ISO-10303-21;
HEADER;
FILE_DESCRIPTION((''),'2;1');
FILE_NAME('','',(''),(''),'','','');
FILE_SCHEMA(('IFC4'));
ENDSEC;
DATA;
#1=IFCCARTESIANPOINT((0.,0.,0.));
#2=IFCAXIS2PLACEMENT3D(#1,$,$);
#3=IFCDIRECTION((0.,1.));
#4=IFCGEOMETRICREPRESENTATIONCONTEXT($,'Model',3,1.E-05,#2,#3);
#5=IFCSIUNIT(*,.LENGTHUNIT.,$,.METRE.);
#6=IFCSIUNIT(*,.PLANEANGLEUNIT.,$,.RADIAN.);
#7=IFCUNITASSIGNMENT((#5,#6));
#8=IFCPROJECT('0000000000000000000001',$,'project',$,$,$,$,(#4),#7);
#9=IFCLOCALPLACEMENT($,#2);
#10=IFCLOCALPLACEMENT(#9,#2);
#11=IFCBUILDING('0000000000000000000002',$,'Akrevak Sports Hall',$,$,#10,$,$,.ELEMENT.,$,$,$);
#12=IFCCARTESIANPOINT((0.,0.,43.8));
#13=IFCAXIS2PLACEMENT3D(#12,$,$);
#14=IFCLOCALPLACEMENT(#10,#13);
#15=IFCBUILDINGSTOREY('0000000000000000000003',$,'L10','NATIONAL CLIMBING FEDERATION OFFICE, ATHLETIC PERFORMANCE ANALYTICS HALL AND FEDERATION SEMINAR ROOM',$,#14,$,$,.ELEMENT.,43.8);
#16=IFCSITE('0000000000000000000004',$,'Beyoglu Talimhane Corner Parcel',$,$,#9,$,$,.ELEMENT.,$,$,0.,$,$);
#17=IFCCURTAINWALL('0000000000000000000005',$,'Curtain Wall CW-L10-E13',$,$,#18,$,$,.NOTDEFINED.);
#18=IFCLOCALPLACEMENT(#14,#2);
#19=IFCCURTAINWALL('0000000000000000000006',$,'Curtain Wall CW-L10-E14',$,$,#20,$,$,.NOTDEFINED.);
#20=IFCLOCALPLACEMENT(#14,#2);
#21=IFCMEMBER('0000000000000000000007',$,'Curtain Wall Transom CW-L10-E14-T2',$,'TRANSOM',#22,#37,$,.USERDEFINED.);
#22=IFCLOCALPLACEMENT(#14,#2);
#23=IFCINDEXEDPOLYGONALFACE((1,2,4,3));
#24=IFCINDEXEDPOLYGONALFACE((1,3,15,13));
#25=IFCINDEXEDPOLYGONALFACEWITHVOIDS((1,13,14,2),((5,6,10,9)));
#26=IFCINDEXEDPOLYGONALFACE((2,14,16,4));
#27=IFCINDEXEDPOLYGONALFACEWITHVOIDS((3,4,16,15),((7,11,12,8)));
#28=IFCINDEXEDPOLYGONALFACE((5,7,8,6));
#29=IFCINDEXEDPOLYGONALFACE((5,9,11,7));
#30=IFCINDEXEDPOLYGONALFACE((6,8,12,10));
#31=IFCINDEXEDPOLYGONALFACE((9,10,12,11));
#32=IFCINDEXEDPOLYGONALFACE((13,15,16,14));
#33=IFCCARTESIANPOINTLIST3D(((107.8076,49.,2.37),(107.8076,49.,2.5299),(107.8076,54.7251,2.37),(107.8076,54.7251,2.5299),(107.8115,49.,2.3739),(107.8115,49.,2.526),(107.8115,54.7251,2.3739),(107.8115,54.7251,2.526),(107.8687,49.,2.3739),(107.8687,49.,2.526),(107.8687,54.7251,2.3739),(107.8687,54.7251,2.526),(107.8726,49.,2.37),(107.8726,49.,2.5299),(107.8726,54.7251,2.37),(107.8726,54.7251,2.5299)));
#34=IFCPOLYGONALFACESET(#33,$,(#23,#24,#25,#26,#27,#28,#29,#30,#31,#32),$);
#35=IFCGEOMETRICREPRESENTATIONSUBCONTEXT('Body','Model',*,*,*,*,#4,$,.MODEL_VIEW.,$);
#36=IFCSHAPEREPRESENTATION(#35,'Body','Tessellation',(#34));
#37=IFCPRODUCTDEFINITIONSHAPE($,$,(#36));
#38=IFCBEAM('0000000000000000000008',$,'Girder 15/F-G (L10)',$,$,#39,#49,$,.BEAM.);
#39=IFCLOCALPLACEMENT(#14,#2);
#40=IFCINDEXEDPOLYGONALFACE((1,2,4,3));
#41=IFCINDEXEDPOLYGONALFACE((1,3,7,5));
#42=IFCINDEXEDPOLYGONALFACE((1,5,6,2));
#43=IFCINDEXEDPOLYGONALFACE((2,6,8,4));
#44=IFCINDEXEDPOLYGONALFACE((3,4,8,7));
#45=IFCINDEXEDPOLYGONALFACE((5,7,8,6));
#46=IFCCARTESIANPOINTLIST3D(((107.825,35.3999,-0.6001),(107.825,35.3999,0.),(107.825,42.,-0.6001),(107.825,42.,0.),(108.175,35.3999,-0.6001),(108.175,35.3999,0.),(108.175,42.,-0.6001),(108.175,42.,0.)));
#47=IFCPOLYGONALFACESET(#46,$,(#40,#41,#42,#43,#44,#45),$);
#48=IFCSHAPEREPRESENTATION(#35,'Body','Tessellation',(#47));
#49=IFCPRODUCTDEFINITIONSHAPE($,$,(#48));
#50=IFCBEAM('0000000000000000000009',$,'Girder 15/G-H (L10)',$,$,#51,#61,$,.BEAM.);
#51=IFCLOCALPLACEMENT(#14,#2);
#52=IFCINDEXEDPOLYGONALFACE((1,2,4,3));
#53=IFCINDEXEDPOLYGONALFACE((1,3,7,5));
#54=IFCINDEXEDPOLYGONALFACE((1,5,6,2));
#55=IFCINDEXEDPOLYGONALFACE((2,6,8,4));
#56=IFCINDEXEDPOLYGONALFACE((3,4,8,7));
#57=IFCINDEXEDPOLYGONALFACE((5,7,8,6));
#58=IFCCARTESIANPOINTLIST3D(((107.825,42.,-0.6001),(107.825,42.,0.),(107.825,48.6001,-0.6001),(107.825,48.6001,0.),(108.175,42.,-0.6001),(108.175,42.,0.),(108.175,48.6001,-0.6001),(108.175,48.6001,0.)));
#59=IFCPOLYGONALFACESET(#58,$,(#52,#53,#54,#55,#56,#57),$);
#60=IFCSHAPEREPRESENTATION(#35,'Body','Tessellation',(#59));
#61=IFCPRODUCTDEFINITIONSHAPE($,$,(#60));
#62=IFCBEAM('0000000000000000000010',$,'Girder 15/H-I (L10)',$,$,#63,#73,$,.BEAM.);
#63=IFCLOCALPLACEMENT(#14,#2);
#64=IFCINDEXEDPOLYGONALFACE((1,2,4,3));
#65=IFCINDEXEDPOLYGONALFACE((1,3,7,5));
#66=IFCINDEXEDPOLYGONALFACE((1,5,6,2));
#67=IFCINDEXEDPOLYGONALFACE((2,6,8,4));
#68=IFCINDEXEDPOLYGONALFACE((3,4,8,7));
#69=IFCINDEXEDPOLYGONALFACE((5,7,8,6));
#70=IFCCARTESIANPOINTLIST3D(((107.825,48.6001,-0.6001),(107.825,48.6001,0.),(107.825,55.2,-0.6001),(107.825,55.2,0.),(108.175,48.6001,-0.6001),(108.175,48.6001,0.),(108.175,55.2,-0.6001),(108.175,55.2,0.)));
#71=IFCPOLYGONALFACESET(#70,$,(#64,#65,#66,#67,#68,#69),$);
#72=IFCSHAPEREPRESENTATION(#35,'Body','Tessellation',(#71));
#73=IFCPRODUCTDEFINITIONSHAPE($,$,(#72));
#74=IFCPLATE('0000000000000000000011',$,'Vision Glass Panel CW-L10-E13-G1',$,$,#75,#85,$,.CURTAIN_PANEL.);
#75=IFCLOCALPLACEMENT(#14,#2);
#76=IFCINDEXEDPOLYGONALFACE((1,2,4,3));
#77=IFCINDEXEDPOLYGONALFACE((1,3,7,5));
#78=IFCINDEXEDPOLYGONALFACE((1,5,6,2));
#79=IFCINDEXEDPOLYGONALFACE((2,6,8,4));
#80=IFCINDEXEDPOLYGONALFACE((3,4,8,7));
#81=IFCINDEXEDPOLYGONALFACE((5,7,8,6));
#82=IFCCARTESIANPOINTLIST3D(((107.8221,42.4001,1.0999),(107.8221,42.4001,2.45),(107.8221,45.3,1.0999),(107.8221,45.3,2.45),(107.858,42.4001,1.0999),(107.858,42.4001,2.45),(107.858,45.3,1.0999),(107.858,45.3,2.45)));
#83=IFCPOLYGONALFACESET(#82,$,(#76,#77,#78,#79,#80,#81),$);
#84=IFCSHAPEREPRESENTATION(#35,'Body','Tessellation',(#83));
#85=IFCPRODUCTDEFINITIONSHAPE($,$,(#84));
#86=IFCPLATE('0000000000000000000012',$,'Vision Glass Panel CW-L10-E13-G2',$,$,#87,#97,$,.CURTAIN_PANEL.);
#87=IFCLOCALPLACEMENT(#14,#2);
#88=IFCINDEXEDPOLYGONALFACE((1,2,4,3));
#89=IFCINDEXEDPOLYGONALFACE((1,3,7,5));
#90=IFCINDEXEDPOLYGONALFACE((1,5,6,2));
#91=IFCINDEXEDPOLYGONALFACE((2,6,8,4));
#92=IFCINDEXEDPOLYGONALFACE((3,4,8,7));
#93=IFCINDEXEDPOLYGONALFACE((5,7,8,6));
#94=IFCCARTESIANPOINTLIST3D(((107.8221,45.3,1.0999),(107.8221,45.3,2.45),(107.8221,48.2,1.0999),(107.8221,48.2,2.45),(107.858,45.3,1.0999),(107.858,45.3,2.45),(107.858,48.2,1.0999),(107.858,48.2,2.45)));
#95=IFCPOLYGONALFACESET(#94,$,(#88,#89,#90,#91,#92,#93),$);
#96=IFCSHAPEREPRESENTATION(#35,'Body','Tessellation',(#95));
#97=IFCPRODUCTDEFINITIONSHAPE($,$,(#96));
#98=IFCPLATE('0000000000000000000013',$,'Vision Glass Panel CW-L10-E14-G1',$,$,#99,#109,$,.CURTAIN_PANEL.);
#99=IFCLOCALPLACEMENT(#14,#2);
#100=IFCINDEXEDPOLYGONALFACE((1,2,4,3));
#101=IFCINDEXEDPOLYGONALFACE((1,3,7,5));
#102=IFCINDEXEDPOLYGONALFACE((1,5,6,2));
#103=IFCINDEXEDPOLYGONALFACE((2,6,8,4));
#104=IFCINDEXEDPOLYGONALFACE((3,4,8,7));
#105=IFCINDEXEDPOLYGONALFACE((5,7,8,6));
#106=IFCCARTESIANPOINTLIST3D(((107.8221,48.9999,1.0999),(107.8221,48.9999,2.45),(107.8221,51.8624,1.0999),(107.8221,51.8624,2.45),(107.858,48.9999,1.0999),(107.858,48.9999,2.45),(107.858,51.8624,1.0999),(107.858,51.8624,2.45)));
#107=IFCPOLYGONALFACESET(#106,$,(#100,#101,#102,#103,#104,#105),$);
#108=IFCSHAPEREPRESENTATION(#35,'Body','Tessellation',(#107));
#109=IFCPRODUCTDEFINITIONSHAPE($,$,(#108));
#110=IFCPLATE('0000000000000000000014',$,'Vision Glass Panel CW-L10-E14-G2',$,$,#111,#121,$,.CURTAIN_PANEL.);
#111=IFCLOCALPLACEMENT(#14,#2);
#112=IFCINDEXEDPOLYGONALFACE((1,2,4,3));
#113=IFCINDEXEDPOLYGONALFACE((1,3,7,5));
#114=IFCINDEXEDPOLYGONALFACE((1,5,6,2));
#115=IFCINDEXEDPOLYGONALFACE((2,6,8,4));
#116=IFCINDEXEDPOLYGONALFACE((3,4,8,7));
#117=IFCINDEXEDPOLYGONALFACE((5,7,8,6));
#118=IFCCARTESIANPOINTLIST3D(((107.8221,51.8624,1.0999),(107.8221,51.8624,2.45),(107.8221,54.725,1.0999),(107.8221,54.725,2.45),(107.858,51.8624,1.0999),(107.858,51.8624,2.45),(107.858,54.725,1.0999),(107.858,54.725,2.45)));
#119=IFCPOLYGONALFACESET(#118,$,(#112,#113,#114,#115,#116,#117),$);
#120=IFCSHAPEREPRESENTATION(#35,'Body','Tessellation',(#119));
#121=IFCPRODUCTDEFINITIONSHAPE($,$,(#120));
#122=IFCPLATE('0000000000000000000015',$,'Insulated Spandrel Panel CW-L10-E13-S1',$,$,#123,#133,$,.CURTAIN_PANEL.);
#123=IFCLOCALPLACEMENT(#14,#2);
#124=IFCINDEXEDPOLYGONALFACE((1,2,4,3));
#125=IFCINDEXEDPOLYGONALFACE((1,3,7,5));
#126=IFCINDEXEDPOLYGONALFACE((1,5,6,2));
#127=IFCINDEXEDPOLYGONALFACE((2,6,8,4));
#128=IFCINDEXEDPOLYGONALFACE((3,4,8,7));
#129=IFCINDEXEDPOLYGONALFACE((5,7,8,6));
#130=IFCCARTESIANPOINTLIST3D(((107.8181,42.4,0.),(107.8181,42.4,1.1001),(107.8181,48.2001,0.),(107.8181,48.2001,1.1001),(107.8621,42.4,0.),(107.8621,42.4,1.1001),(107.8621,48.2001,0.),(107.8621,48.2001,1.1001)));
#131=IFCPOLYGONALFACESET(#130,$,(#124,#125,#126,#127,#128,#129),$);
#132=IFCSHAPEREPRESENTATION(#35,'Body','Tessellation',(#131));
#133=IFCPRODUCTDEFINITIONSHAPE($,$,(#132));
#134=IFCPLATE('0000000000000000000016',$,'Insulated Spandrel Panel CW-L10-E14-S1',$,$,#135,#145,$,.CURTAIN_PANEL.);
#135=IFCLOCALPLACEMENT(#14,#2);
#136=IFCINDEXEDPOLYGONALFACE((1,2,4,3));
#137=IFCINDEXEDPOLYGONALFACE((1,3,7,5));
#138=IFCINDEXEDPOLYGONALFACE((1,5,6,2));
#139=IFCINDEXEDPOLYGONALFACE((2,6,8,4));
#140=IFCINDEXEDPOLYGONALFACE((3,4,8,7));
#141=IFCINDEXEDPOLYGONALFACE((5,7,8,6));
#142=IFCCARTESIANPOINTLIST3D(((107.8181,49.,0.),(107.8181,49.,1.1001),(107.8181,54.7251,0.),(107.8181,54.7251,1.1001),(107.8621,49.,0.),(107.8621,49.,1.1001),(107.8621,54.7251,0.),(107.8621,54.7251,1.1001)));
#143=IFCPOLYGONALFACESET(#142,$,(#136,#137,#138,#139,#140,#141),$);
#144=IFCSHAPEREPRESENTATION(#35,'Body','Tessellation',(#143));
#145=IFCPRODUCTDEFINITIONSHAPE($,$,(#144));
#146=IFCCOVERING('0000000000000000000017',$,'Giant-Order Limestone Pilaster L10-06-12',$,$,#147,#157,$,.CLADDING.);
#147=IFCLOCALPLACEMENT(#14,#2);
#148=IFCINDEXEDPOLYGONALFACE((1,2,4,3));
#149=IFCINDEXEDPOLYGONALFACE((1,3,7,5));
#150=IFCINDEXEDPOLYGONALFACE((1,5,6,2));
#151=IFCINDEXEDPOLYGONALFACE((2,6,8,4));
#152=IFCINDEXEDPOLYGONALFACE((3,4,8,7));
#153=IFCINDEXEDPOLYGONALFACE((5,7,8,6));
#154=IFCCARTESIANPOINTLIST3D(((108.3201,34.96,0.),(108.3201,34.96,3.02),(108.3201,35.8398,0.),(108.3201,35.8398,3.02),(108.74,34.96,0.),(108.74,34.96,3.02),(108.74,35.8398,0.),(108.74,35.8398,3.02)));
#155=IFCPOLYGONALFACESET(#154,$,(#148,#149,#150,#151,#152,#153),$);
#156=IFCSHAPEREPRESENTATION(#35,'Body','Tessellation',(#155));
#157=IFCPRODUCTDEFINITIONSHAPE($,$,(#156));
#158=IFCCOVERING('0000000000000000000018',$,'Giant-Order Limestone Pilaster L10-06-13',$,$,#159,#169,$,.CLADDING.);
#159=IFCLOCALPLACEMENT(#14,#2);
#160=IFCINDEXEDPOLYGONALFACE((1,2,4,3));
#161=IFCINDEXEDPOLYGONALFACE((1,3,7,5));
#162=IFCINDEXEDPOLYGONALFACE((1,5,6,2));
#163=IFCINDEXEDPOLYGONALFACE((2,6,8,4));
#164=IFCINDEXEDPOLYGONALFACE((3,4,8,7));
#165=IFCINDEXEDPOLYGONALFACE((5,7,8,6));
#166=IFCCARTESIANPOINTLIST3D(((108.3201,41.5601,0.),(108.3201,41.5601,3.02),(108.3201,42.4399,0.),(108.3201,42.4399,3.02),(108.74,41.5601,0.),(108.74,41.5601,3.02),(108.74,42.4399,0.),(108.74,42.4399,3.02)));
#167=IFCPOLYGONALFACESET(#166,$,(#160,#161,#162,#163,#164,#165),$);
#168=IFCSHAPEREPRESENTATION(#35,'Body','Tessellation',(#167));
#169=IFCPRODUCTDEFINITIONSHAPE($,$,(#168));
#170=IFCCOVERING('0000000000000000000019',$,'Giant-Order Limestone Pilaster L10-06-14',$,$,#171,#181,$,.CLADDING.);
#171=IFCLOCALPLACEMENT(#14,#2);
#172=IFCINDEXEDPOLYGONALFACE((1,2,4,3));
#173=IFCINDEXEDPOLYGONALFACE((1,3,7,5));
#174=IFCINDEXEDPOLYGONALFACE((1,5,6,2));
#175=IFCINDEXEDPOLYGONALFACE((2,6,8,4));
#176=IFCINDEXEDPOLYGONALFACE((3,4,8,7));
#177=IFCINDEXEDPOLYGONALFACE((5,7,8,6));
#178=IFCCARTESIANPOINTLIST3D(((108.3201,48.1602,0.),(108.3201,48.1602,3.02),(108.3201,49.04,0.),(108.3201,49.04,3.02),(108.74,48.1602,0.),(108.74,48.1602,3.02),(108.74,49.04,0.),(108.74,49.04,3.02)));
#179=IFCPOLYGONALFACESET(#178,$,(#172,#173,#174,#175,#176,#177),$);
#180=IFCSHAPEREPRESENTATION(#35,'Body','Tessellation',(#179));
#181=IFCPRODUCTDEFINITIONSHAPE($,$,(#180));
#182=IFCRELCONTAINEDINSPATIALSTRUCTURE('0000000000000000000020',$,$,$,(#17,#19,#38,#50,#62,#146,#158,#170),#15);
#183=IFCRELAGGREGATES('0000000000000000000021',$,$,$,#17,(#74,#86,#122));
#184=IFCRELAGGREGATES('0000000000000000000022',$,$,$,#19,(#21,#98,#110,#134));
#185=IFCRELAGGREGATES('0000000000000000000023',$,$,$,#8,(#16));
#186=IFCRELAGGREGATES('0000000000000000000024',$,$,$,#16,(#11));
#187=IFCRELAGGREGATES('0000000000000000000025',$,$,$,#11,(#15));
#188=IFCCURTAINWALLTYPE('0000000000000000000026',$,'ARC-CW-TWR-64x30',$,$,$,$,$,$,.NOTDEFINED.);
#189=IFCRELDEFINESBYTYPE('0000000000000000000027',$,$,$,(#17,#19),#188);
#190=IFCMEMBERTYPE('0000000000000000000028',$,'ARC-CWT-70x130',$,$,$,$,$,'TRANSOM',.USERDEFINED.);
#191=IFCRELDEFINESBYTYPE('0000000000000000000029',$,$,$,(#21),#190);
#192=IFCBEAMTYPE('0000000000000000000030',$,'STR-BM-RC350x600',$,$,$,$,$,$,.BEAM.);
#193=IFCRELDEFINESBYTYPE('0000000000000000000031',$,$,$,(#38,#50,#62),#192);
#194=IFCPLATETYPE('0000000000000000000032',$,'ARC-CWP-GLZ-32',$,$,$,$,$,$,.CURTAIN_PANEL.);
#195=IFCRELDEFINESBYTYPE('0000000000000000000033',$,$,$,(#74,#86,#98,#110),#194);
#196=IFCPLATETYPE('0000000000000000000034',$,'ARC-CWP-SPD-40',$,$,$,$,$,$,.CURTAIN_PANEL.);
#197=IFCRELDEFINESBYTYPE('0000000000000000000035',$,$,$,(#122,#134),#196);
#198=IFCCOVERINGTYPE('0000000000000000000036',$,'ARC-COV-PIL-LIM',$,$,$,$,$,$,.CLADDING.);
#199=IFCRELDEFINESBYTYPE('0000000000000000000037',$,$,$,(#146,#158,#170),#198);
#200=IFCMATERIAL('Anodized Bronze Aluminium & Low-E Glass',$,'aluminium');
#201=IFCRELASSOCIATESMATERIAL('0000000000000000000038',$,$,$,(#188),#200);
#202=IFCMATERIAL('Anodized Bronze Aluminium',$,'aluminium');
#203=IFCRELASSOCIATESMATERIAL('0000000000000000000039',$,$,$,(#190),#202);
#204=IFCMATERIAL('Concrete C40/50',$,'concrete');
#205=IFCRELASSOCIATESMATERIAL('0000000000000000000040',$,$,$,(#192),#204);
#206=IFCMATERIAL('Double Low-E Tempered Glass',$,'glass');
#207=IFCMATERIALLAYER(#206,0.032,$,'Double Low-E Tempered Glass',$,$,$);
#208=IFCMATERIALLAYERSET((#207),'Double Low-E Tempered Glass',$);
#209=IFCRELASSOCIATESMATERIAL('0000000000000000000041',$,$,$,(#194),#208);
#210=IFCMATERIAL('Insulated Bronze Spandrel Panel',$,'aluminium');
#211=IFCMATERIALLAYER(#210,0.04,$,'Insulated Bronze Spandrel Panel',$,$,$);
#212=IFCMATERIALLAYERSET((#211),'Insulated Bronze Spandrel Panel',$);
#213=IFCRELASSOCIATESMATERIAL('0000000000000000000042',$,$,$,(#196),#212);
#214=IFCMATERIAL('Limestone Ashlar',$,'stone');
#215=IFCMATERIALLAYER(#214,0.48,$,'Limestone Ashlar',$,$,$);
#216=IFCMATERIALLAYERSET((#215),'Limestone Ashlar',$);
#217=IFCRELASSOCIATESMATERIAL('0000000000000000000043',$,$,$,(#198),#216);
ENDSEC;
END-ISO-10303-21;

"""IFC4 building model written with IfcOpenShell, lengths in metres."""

from ifc_helpers import new_model, si_unit, direction, frame, origin, origin_2d, place, context, subcontext, project, spatial, rectangle, hollow_rectangle, extrude, material, layer, layer_set, material_profile, profile_set, type_object, element, aggregate, save


model = new_model("IFC4")

# Units and contexts
model_context = context("Model", 3, precision=1e-05, world=origin(), true_north=direction((0.0, 1.0)))
body_context = subcontext(model_context, "Body", "Model", "MODEL_VIEW")
ifc_project = project(units=[si_unit("LENGTHUNIT", "METRE"), si_unit("PLANEANGLEUNIT", "RADIAN")], contexts=[model_context])

# Site, building, storey
site_placement = place(None, origin())
site = spatial("IfcSite", under=ifc_project, at=site_placement, Name="Beyoglu Talimhane Corner Parcel", CompositionType="ELEMENT", RefElevation=0.0)
building_placement = place(site_placement, origin())
building = spatial("IfcBuilding", under=site, at=building_placement, Name="Akrevak Sports Hall", CompositionType="ELEMENT")
storey_placement = place(building_placement, frame((0.0, 0.0, 43.8)))
storey = spatial("IfcBuildingStorey", under=building, at=storey_placement, Name="L10", Description="NATIONAL CLIMBING FEDERATION OFFICE, ATHLETIC PERFORMANCE ANALYTICS HALL AND FEDERATION SEMINAR ROOM", CompositionType="ELEMENT", Elevation=43.8)

# Shared definitions
ifc_material_1 = material(Name="Concrete C40/50", Category="concrete")

# Curtain walls
ifc_material_2 = material(Name="Anodized Bronze Aluminium & Low-E Glass", Category="aluminium")
curtain_wall_type = type_object("IfcCurtainWallType", Name="ARC-CW-TWR-64x30", PredefinedType="NOTDEFINED", material=ifc_material_2)
curtain_wall_1_placement = place(storey_placement, origin())
curtain_wall_1 = element("IfcCurtainWall", 1, at=curtain_wall_1_placement, inside=storey, type_object=curtain_wall_type, Name="Curtain Wall CW-L10-E13", PredefinedType="NOTDEFINED")
ifc_material_3 = material(Name="Anodized Bronze Aluminium", Category="aluminium")
curtain_wall_2_placement = place(storey_placement, origin())
curtain_wall_2 = element("IfcCurtainWall", 2, at=curtain_wall_2_placement, inside=storey, type_object=curtain_wall_type, Name="Curtain Wall CW-L10-E14", PredefinedType="NOTDEFINED")

# Member
ifc_material_profile_1 = material_profile(ifc_material_3, hollow_rectangle(XDim=0.0649, YDim=0.1599, WallThickness=0.0039, at=origin_2d()), Name="CWT 65x160", Category="aluminium")
ifc_profile_set_1 = profile_set([ifc_material_profile_1], Name="Anodized Bronze Aluminium")
member_type_1 = type_object("IfcMemberType", Name="ARC-CWT-70x130", ElementType="TRANSOM", PredefinedType="USERDEFINED", material=ifc_profile_set_1)
member_1_placement = place(storey_placement, frame((107.8401, 49.0, 2.45), z_axis=(0.0, 1.0, 0.0), x_axis=(-1.0, 0.0, 0.0)))
member_1 = element("IfcMember", 3, at=member_1_placement, type_object=member_type_1, Name="Curtain Wall Transom CW-L10-E14-T2", ObjectType="TRANSOM", PredefinedType="USERDEFINED", context=body_context, shape_type="SweptSolid", body=[
    extrude(hollow_rectangle(XDim=0.0649, YDim=0.1599, WallThickness=0.0039, at=origin_2d()), origin(), (0.0, 0.0, 1.0), 5.7251),
])

# Beams
ifc_material_profile_2 = material_profile(ifc_material_1, rectangle(XDim=0.3501, YDim=0.6001, at=origin_2d()), Name="BM 350x600", Category="concrete")
ifc_profile_set_2 = profile_set([ifc_material_profile_2], Name="Concrete C40/50")
beam_type = type_object("IfcBeamType", Name="STR-BM-RC350x600", PredefinedType="BEAM", material=ifc_profile_set_2)
for number, where, z_axis, x_axis, name in (
    (4, (108.0, 35.3999, -0.3), (0.0, 1.0, 0.0), (-1.0, 0.0, 0.0), "Girder 15/F-G (L10)"),
    (5, (108.0, 42.0, -0.3), (0.0, 1.0, 0.0), (-1.0, 0.0, 0.0), "Girder 15/G-H (L10)"),
):
    element("IfcBeam", number, at=place(storey_placement, frame(where, z_axis=z_axis, x_axis=x_axis)), inside=storey, type_object=beam_type, Name=name, PredefinedType="BEAM", context=body_context, shape_type="SweptSolid", body=[
        extrude(rectangle(XDim=0.3501, YDim=0.6001, at=origin_2d()), origin(), (0.0, 0.0, 1.0), 6.6001),
    ])
beam_placement = place(storey_placement, frame((108.0, 48.6001, -0.3), z_axis=(0.0, 1.0, 0.0), x_axis=(-1.0, 0.0, 0.0)))
element("IfcBeam", 6, at=beam_placement, inside=storey, type_object=beam_type, Name="Girder 15/H-I (L10)", PredefinedType="BEAM", context=body_context, shape_type="SweptSolid", body=[
    extrude(rectangle(XDim=0.3501, YDim=0.6001, at=origin_2d()), origin(), (0.0, 0.0, 1.0), 6.5999),
])

# Plates
ifc_material_4 = material(Name="Double Low-E Tempered Glass", Category="glass")
ifc_layer_1 = layer(ifc_material_4, 0.032, Name="Double Low-E Tempered Glass")
ifc_layer_set_1 = layer_set([ifc_layer_1], Name="Double Low-E Tempered Glass")
plate_type_1 = type_object("IfcPlateType", Name="ARC-CWP-GLZ-32", PredefinedType="CURTAIN_PANEL", material=ifc_layer_set_1)
plate_1_placement = place(storey_placement, frame((107.8401, 43.8501, 1.0999), z_axis=(0.0, 0.0, 1.0), x_axis=(0.0, 1.0, 0.0)))
plate_1 = element("IfcPlate", 7, at=plate_1_placement, type_object=plate_type_1, Name="Vision Glass Panel CW-L10-E13-G1", PredefinedType="CURTAIN_PANEL", context=body_context, shape_type="SweptSolid", body=[
    extrude(rectangle(XDim=2.8999, YDim=0.0359, at=origin_2d()), origin(), (0.0, 0.0, 1.0), 1.3501),
])
plate_2_placement = place(storey_placement, frame((107.8401, 46.75, 1.0999), z_axis=(0.0, 0.0, 1.0), x_axis=(0.0, 1.0, 0.0)))
plate_2 = element("IfcPlate", 8, at=plate_2_placement, type_object=plate_type_1, Name="Vision Glass Panel CW-L10-E13-G2", PredefinedType="CURTAIN_PANEL", context=body_context, shape_type="SweptSolid", body=[
    extrude(rectangle(XDim=2.8999, YDim=0.0359, at=origin_2d()), origin(), (0.0, 0.0, 1.0), 1.3501),
])
plate_3_placement = place(storey_placement, frame((107.8401, 50.4312, 1.0999), z_axis=(0.0, 0.0, 1.0), x_axis=(0.0, 1.0, 0.0)))
plate_3 = element("IfcPlate", 9, at=plate_3_placement, type_object=plate_type_1, Name="Vision Glass Panel CW-L10-E14-G1", PredefinedType="CURTAIN_PANEL", context=body_context, shape_type="SweptSolid", body=[
    extrude(rectangle(XDim=2.8625, YDim=0.0359, at=origin_2d()), origin(), (0.0, 0.0, 1.0), 1.3501),
])
plate_4_placement = place(storey_placement, frame((107.8401, 53.2937, 1.0999), z_axis=(0.0, 0.0, 1.0), x_axis=(0.0, 1.0, 0.0)))
plate_4 = element("IfcPlate", 10, at=plate_4_placement, type_object=plate_type_1, Name="Vision Glass Panel CW-L10-E14-G2", PredefinedType="CURTAIN_PANEL", context=body_context, shape_type="SweptSolid", body=[
    extrude(rectangle(XDim=2.8625, YDim=0.0359, at=origin_2d()), origin(), (0.0, 0.0, 1.0), 1.3501),
])
ifc_material_5 = material(Name="Insulated Bronze Spandrel Panel", Category="aluminium")
ifc_layer_2 = layer(ifc_material_5, 0.04, Name="Insulated Bronze Spandrel Panel")
ifc_layer_set_2 = layer_set([ifc_layer_2], Name="Insulated Bronze Spandrel Panel")
plate_type_2 = type_object("IfcPlateType", Name="ARC-CWP-SPD-40", PredefinedType="CURTAIN_PANEL", material=ifc_layer_set_2)
plate_5_placement = place(storey_placement, frame((107.8401, 45.3, 0.0), z_axis=(0.0, 0.0, 1.0), x_axis=(0.0, 1.0, 0.0)))
plate_5 = element("IfcPlate", 11, at=plate_5_placement, type_object=plate_type_2, Name="Insulated Spandrel Panel CW-L10-E13-S1", PredefinedType="CURTAIN_PANEL", context=body_context, shape_type="SweptSolid", body=[
    extrude(rectangle(XDim=5.8, YDim=0.0439, at=origin_2d()), origin(), (0.0, 0.0, 1.0), 1.1001),
])
aggregate(curtain_wall_1, [plate_1, plate_2, plate_5])
plate_6_placement = place(storey_placement, frame((107.8401, 51.8625, 0.0), z_axis=(0.0, 0.0, 1.0), x_axis=(0.0, 1.0, 0.0)))
plate_6 = element("IfcPlate", 12, at=plate_6_placement, type_object=plate_type_2, Name="Insulated Spandrel Panel CW-L10-E14-S1", PredefinedType="CURTAIN_PANEL", context=body_context, shape_type="SweptSolid", body=[
    extrude(rectangle(XDim=5.7251, YDim=0.0439, at=origin_2d()), origin(), (0.0, 0.0, 1.0), 1.1001),
])
aggregate(curtain_wall_2, [member_1, plate_3, plate_4, plate_6])

# Coverings
ifc_material_6 = material(Name="Limestone Ashlar", Category="stone")
ifc_layer_3 = layer(ifc_material_6, 0.48, Name="Limestone Ashlar")
ifc_layer_set_3 = layer_set([ifc_layer_3], Name="Limestone Ashlar")
covering_type = type_object("IfcCoveringType", Name="ARC-COV-PIL-LIM", PredefinedType="CLADDING", material=ifc_layer_set_3)
for number, where, z_axis, x_axis, name in (
    (13, (108.53, 35.3999, 0.0), (0.0, 0.0, 1.0), (0.0, 1.0, 0.0), "Giant-Order Limestone Pilaster L10-06-12"),
    (14, (108.53, 42.0, 0.0), (0.0, 0.0, 1.0), (0.0, 1.0, 0.0), "Giant-Order Limestone Pilaster L10-06-13"),
    (15, (108.53, 48.6001, 0.0), (0.0, 0.0, 1.0), (0.0, 1.0, 0.0), "Giant-Order Limestone Pilaster L10-06-14"),
):
    element("IfcCovering", number, at=place(storey_placement, frame(where, z_axis=z_axis, x_axis=x_axis)), inside=storey, type_object=covering_type, Name=name, PredefinedType="CLADDING", context=body_context, shape_type="SweptSolid", body=[
        extrude(rectangle(XDim=0.8799, YDim=0.4199, at=origin_2d()), origin(), (0.0, 0.0, 1.0), 3.02),
    ])

save(model, "model.ifc")
